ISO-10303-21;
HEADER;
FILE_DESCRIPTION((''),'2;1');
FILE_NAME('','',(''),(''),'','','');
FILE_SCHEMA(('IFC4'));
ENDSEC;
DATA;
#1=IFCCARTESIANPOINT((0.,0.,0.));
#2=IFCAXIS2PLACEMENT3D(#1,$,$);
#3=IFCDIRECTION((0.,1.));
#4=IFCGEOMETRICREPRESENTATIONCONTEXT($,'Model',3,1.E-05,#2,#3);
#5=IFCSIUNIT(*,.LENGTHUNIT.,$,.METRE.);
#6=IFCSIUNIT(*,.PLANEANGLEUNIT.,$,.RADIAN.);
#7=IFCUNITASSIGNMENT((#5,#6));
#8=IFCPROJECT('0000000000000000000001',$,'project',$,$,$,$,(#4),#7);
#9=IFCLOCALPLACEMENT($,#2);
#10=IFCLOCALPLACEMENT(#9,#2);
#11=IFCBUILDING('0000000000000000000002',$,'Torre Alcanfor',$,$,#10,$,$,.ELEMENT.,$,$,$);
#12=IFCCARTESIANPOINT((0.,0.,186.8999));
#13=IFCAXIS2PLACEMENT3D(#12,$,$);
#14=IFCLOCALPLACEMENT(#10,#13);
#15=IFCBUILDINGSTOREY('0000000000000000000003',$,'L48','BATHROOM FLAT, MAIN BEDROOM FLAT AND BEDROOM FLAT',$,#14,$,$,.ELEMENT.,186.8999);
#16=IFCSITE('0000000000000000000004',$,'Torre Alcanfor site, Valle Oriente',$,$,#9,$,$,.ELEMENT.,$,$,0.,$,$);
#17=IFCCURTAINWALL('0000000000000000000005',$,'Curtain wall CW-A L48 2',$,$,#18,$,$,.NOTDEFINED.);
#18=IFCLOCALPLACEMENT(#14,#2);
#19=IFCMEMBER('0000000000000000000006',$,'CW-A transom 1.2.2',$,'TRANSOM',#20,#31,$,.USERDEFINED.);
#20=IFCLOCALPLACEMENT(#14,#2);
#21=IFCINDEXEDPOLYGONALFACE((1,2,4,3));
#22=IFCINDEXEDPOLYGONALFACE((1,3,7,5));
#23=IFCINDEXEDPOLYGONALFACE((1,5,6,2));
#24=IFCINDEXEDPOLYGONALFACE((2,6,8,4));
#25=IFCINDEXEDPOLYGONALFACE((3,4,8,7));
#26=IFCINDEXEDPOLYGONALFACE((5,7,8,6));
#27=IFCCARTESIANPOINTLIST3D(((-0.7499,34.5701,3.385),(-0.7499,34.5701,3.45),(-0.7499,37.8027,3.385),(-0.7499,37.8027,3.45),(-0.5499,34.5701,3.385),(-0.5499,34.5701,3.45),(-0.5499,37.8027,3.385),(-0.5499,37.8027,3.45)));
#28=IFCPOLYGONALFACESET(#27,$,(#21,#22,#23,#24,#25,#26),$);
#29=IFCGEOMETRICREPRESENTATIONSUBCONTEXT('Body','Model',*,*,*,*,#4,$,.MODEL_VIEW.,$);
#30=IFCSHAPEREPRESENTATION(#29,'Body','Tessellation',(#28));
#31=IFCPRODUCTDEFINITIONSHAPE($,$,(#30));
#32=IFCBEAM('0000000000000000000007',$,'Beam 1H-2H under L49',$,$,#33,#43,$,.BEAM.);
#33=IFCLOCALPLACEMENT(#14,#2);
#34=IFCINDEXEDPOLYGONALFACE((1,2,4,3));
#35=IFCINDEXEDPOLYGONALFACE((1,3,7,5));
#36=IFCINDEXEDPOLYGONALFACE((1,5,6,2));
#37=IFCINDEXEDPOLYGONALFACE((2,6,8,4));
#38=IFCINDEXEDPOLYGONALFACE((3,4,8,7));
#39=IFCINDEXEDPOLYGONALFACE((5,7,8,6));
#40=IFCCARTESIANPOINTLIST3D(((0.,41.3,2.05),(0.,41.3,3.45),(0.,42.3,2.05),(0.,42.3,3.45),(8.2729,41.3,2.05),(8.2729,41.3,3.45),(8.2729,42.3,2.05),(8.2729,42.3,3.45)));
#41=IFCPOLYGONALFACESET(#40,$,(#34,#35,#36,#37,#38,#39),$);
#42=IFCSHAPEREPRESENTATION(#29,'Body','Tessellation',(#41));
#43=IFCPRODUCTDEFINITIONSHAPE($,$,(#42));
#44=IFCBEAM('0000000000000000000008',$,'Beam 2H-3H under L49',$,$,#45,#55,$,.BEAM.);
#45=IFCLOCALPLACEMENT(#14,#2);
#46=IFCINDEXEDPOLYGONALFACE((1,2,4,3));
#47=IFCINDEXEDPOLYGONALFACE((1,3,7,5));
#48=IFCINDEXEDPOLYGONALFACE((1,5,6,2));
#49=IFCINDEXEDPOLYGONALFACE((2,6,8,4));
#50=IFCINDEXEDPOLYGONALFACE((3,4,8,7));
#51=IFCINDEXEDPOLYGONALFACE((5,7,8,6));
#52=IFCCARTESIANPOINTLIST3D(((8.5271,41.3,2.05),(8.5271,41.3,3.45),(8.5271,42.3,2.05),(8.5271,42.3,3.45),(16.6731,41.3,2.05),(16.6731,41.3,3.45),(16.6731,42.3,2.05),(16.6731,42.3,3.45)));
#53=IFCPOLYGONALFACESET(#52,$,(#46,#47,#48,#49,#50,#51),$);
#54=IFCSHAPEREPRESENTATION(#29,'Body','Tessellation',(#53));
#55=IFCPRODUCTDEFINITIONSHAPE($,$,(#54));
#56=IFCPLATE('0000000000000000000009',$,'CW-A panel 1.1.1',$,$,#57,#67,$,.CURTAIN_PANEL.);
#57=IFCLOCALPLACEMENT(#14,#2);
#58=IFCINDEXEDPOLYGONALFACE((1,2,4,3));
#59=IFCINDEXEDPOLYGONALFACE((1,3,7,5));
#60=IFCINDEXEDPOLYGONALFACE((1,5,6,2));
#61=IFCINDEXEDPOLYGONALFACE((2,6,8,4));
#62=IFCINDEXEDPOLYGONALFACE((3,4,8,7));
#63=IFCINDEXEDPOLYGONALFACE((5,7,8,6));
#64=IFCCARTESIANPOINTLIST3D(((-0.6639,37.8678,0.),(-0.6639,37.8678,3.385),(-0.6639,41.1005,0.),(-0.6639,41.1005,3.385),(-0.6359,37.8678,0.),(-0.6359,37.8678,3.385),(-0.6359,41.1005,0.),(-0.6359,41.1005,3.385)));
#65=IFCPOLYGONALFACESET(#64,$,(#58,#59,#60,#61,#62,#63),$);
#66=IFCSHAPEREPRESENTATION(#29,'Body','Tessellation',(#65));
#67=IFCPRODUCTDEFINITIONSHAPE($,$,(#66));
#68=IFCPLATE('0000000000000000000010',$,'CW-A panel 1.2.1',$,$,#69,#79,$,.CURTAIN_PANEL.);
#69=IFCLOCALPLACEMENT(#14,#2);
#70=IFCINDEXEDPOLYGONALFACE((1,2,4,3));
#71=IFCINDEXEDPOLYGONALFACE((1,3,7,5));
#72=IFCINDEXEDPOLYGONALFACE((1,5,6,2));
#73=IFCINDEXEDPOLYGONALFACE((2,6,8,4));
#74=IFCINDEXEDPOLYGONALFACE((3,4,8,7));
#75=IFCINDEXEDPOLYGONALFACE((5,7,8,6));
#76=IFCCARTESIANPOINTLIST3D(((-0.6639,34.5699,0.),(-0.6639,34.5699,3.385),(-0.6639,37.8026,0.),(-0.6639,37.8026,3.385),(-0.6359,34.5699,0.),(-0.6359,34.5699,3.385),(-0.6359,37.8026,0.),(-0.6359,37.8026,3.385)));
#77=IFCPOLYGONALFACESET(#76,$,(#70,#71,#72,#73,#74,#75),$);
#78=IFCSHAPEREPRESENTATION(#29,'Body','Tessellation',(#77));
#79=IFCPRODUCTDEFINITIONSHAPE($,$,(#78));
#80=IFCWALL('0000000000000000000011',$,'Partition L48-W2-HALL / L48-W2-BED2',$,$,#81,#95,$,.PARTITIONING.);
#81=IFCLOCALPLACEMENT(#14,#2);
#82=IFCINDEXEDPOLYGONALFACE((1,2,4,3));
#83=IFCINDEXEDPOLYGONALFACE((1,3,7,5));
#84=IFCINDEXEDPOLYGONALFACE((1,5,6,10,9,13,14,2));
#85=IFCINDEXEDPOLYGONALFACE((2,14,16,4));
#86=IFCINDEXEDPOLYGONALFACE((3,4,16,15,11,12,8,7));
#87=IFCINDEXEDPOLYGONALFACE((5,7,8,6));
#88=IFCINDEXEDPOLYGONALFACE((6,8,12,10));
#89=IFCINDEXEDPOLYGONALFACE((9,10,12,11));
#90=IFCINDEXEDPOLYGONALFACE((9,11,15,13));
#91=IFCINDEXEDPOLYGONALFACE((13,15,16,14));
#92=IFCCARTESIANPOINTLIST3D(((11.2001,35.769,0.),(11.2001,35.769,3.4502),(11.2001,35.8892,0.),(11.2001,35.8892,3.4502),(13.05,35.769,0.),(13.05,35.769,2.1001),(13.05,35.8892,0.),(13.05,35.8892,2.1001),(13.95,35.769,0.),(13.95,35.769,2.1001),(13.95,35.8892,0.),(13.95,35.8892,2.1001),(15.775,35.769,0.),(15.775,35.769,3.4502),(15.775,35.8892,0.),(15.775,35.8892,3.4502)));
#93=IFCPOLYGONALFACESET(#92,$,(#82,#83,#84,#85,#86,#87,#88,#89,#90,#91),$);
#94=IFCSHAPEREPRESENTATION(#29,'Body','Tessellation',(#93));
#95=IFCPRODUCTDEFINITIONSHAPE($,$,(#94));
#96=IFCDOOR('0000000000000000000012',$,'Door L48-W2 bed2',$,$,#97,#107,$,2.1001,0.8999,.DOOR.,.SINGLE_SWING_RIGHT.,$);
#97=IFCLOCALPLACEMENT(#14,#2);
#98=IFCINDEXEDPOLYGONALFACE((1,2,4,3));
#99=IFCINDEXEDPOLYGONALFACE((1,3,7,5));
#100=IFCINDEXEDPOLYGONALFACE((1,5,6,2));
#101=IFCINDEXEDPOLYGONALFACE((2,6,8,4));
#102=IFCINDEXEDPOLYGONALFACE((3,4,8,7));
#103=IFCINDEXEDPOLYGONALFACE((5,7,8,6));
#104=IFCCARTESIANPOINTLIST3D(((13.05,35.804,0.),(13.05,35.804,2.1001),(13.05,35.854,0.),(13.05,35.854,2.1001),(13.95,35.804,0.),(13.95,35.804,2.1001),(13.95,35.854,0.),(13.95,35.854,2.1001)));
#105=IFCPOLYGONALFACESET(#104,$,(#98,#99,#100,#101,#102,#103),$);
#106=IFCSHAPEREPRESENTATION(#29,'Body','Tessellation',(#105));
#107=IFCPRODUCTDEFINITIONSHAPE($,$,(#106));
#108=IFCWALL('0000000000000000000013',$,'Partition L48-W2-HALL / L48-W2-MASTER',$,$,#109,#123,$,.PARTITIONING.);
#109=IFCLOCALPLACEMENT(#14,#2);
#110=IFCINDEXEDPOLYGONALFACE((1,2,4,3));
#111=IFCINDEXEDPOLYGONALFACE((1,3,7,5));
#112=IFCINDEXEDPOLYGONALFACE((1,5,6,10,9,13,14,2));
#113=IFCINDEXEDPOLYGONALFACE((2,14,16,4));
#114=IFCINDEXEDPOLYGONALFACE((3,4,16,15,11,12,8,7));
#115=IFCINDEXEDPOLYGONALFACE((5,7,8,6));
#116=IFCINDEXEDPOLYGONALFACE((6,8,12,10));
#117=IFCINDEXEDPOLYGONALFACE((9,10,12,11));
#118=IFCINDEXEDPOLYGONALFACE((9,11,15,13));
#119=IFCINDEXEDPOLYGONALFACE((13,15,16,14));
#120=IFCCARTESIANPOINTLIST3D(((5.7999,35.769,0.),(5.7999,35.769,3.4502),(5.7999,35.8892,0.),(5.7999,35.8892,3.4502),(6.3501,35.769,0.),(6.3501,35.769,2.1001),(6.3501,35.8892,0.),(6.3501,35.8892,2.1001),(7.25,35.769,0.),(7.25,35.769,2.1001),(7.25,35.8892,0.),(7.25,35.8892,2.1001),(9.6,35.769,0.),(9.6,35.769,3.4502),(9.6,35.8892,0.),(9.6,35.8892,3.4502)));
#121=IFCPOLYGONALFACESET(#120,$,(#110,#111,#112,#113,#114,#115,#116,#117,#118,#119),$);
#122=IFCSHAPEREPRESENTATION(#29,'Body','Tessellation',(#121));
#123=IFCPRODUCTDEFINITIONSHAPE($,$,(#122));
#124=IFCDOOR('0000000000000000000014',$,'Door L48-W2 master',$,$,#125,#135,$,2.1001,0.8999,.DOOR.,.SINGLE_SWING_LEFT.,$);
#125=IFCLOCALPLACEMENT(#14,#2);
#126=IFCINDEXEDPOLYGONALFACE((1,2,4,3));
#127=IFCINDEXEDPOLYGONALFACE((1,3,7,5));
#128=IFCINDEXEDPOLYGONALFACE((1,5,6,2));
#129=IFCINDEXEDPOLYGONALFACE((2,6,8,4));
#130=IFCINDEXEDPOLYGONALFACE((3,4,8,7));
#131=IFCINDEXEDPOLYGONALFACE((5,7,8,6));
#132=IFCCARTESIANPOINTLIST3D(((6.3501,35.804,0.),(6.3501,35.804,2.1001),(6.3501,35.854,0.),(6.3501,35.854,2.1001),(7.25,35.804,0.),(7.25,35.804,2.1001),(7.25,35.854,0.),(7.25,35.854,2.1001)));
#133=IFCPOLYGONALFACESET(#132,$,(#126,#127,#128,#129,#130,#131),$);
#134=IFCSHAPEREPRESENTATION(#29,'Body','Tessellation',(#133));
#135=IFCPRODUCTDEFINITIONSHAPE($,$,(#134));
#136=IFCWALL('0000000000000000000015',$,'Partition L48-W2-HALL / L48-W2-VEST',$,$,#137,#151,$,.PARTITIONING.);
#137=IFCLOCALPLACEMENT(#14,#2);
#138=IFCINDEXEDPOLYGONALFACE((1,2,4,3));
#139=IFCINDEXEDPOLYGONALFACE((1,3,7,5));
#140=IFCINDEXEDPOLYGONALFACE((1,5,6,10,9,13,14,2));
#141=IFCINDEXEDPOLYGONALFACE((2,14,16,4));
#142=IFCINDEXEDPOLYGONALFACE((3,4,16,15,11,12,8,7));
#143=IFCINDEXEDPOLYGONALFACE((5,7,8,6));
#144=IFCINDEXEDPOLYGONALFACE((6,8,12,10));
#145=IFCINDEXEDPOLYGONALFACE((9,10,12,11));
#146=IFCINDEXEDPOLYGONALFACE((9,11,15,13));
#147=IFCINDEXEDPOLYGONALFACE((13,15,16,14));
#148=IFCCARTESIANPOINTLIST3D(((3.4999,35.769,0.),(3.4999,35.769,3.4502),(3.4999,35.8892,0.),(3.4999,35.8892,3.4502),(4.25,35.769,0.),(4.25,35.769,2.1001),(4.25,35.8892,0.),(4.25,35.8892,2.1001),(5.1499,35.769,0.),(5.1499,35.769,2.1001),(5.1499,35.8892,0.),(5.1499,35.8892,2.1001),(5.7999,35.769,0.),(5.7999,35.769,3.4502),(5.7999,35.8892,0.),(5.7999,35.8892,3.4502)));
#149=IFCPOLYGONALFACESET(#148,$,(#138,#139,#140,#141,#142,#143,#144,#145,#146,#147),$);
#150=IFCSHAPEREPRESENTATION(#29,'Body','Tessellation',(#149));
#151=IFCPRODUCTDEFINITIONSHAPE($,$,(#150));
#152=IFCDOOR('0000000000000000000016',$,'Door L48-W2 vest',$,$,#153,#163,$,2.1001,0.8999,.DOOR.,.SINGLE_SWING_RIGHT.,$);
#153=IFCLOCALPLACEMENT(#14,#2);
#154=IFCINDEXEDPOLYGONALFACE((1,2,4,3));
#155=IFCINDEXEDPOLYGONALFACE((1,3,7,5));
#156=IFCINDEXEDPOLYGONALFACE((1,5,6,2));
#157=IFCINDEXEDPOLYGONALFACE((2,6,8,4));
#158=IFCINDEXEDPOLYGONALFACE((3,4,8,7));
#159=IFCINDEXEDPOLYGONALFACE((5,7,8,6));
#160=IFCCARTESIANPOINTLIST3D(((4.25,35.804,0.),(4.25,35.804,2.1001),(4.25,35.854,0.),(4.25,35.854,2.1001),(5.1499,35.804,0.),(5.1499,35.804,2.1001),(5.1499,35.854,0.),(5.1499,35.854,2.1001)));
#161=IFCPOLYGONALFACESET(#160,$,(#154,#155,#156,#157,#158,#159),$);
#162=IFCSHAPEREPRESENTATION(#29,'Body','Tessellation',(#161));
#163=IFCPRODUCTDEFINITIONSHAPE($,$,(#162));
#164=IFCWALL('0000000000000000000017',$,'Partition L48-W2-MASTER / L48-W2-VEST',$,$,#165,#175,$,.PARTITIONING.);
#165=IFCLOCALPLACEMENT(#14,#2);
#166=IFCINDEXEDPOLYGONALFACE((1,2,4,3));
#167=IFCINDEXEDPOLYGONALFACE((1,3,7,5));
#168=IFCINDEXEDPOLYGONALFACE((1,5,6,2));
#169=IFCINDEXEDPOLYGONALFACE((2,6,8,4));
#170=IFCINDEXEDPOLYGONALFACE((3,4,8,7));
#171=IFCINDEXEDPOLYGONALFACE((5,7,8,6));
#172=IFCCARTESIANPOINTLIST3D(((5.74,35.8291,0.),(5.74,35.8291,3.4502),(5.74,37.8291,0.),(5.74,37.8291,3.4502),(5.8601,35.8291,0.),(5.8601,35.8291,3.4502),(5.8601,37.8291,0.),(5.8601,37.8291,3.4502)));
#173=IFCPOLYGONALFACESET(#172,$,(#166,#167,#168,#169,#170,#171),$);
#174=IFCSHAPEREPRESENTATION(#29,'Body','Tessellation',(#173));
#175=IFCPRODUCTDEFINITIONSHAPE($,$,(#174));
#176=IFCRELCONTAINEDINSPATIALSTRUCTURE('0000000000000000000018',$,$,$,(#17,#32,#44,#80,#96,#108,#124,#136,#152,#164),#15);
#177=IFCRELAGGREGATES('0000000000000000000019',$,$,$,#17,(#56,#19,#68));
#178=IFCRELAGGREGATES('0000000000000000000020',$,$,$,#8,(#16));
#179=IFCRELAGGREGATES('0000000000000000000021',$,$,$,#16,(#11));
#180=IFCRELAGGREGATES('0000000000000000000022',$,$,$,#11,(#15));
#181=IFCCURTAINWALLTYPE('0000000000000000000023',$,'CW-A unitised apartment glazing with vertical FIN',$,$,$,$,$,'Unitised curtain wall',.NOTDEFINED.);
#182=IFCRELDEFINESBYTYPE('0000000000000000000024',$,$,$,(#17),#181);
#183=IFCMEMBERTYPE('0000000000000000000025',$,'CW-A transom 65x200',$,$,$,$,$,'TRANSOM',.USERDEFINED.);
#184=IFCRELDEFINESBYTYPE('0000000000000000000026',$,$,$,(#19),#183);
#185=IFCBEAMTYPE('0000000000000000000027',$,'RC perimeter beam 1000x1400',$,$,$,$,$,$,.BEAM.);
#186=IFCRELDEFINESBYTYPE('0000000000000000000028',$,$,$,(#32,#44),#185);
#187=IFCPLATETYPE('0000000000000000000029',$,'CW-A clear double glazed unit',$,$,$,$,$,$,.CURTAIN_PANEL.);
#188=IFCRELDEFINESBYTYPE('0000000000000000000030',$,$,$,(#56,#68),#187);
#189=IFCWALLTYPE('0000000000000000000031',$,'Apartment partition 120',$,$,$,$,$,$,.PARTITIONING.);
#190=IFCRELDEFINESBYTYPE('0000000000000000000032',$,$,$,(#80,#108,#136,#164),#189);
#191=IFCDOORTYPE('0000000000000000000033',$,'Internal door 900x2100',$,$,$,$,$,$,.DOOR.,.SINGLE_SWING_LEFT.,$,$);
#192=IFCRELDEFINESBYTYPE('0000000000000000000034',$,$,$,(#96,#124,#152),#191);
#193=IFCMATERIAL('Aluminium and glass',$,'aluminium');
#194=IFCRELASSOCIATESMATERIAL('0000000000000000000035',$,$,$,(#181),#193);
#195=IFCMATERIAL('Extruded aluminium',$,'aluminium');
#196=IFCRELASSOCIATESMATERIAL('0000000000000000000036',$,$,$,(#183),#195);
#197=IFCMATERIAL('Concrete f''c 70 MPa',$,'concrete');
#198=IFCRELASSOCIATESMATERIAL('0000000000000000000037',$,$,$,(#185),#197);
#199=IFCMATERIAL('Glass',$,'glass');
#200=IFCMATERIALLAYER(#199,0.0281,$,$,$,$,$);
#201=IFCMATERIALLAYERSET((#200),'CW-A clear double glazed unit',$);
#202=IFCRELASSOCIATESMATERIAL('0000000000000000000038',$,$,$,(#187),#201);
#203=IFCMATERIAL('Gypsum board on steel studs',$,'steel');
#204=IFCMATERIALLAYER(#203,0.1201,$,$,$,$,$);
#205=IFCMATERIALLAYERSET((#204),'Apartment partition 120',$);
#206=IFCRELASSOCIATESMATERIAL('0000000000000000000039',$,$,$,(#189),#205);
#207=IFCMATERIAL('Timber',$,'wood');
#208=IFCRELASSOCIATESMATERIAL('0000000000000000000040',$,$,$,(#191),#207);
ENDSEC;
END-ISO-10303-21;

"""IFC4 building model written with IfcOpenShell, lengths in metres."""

from ifc_helpers import new_model, si_unit, direction, frame, frame_2d, origin, origin_2d, place, context, subcontext, project, spatial, rectangle, extrude, material, layer, layer_set, material_profile, profile_set, type_object, element, fill, aggregate, save


model = new_model("IFC4")

# Units and contexts
model_context = context("Model", 3, precision=1e-05, world=origin(), true_north=direction((0.0, 1.0)))
body_context = subcontext(model_context, "Body", "Model", "MODEL_VIEW")
ifc_project = project(units=[si_unit("LENGTHUNIT", "METRE"), si_unit("PLANEANGLEUNIT", "RADIAN")], contexts=[model_context])

# Site, building, storey
site_placement = place(None, origin())
site = spatial("IfcSite", under=ifc_project, at=site_placement, Name="Torre Alcanfor site, Valle Oriente", CompositionType="ELEMENT", RefElevation=0.0)
building_placement = place(site_placement, origin())
building = spatial("IfcBuilding", under=site, at=building_placement, Name="Torre Alcanfor", CompositionType="ELEMENT")
storey_placement = place(building_placement, frame((0.0, 0.0, 186.8999)))
storey = spatial("IfcBuildingStorey", under=building, at=storey_placement, Name="L48", Description="BATHROOM FLAT, MAIN BEDROOM FLAT AND BEDROOM FLAT", CompositionType="ELEMENT", Elevation=186.8999)

# Curtain wall, member
ifc_material_1 = material(Name="Aluminium and glass", Category="aluminium")
curtain_wall_type = type_object("IfcCurtainWallType", Name="CW-A unitised apartment glazing with vertical FIN", ElementType="Unitised curtain wall", PredefinedType="NOTDEFINED", material=ifc_material_1)
curtain_wall_placement = place(storey_placement, origin())
curtain_wall = element("IfcCurtainWall", 1, at=curtain_wall_placement, inside=storey, type_object=curtain_wall_type, Name="Curtain wall CW-A L48 2", PredefinedType="NOTDEFINED")
ifc_material_2 = material(Name="Extruded aluminium", Category="aluminium")
ifc_material_profile_1 = material_profile(ifc_material_2, rectangle(XDim=0.2, YDim=0.0649, at=origin_2d()), Name="CW-A transom 200x65")
ifc_profile_set_1 = profile_set([ifc_material_profile_1], Name="Extruded aluminium")
member_type_1 = type_object("IfcMemberType", Name="CW-A transom 65x200", ElementType="TRANSOM", PredefinedType="USERDEFINED", material=ifc_profile_set_1)
member_1_placement = place(storey_placement, frame((-0.6499, 37.8027, 3.4175), z_axis=(0.0, -1.0, 0.0), x_axis=(1.0, 0.0, 0.0)))
member_1 = element("IfcMember", 2, at=member_1_placement, type_object=member_type_1, Name="CW-A transom 1.2.2", ObjectType="TRANSOM", PredefinedType="USERDEFINED", context=body_context, shape_type="SweptSolid", body=[
    extrude(rectangle(XDim=0.2, YDim=0.0649, at=origin_2d()), origin(), (0.0, 0.0, 1.0), 3.2327),
])

# Beams
ifc_material_3 = material(Name="Concrete f'c 70 MPa", Category="concrete")
ifc_material_profile_2 = material_profile(ifc_material_3, rectangle(XDim=1.0, YDim=1.3999, at=origin_2d()), Name="1000x1400")
ifc_profile_set_2 = profile_set([ifc_material_profile_2], Name="Concrete f'c 70 MPa")
beam_type_1 = type_object("IfcBeamType", Name="RC perimeter beam 1000x1400", PredefinedType="BEAM", material=ifc_profile_set_2)
beam_1_placement = place(storey_placement, frame((0.0, 41.8, 2.75), z_axis=(1.0, 0.0, 0.0), x_axis=(0.0, 1.0, 0.0)))
element("IfcBeam", 3, at=beam_1_placement, inside=storey, type_object=beam_type_1, Name="Beam 1H-2H under L49", PredefinedType="BEAM", context=body_context, shape_type="SweptSolid", body=[
    extrude(rectangle(XDim=1.0, YDim=1.3999, at=origin_2d()), origin(), (0.0, 0.0, 1.0), 8.2729),
])
beam_2_placement = place(storey_placement, frame((8.5271, 41.8, 2.75), z_axis=(1.0, 0.0, 0.0), x_axis=(0.0, 1.0, 0.0)))
element("IfcBeam", 4, at=beam_2_placement, inside=storey, type_object=beam_type_1, Name="Beam 2H-3H under L49", PredefinedType="BEAM", context=body_context, shape_type="SweptSolid", body=[
    extrude(rectangle(XDim=1.0, YDim=1.3999, at=origin_2d()), origin(), (0.0, 0.0, 1.0), 8.146),
])

# Plates
ifc_material_4 = material(Name="Glass", Category="glass")
ifc_layer_1 = layer(ifc_material_4, 0.0281)
ifc_layer_set_1 = layer_set([ifc_layer_1], Name="CW-A clear double glazed unit")
plate_type = type_object("IfcPlateType", Name="CW-A clear double glazed unit", PredefinedType="CURTAIN_PANEL", material=ifc_layer_set_1)
plate_1_placement = place(storey_placement, frame((-0.6499, 39.4841, 0.0), z_axis=(0.0, 0.0, 1.0), x_axis=(0.0, -1.0, 0.0)))
plate_1 = element("IfcPlate", 5, at=plate_1_placement, type_object=plate_type, Name="CW-A panel 1.1.1", PredefinedType="CURTAIN_PANEL", context=body_context, shape_type="SweptSolid", body=[
    extrude(rectangle(XDim=3.2327, YDim=0.0281, at=origin_2d()), origin(), (0.0, 0.0, 1.0), 3.385),
])
plate_2_placement = place(storey_placement, frame((-0.6499, 36.1863, 0.0), z_axis=(0.0, 0.0, 1.0), x_axis=(0.0, -1.0, 0.0)))
plate_2 = element("IfcPlate", 6, at=plate_2_placement, type_object=plate_type, Name="CW-A panel 1.2.1", PredefinedType="CURTAIN_PANEL", context=body_context, shape_type="SweptSolid", body=[
    extrude(rectangle(XDim=3.2327, YDim=0.0281, at=origin_2d()), origin(), (0.0, 0.0, 1.0), 3.385),
])
aggregate(curtain_wall, [plate_1, member_1, plate_2])

# Walls, openings, doors
ifc_material_5 = material(Name="Gypsum board on steel studs", Category="steel")
ifc_layer_2 = layer(ifc_material_5, 0.1201)
ifc_layer_set_2 = layer_set([ifc_layer_2], Name="Apartment partition 120")
wall_type_1 = type_object("IfcWallType", Name="Apartment partition 120", PredefinedType="PARTITIONING", material=ifc_layer_set_2)
wall_1_placement = place(storey_placement, frame((11.2, 35.8291, 0.0), z_axis=(0.0, 0.0, 1.0), x_axis=(1.0, 0.0, 0.0)))
wall_1 = element("IfcWall", 7, at=wall_1_placement, inside=storey, type_object=wall_type_1, Name="Partition L48-W2-HALL / L48-W2-BED2", PredefinedType="PARTITIONING", context=body_context, shape_type="SweptSolid", body=[
    extrude(rectangle(XDim=4.575, YDim=0.1201, at=frame_2d((2.2876, 0.0))), origin(), (0.0, 0.0, 1.0), 3.4502),
])
opening_1_placement = place(wall_1_placement, frame((1.8501, 0.0, 0.0)))
opening_1 = element("IfcOpeningElement", 8, at=opening_1_placement, cuts=wall_1, PredefinedType="OPENING", context=body_context, shape_type="SweptSolid", body=[
    extrude(rectangle(XDim=0.8999, YDim=2.1001, at=frame_2d((0.45, 1.05))), frame((0.0, 0.0701, 0.0), z_axis=(0.0, -1.0, 0.0), x_axis=(1.0, 0.0, 0.0)), (0.0, 0.0, 1.0), 0.1401),
])
ifc_material_6 = material(Name="Timber", Category="wood")
door_type_1 = type_object("IfcDoorType", Name="Internal door 900x2100", OperationType="SINGLE_SWING_LEFT", PredefinedType="DOOR", material=ifc_material_6)
door_1_placement = place(opening_1_placement, origin())
door_1 = element("IfcDoor", 9, at=door_1_placement, inside=storey, type_object=door_type_1, Name="Door L48-W2 bed2", OperationType="SINGLE_SWING_RIGHT", OverallHeight=2.1001, OverallWidth=0.8999, PredefinedType="DOOR", context=body_context, shape_type="SweptSolid", body=[
    extrude(rectangle(XDim=0.8999, YDim=2.1001, at=frame_2d((0.45, 1.05))), frame((0.0, 0.0249, 0.0), z_axis=(0.0, -1.0, 0.0), x_axis=(1.0, 0.0, 0.0)), (0.0, 0.0, 1.0), 0.05),
])
fill(opening_1, door_1)
wall_2_placement = place(storey_placement, frame((5.8, 35.8291, 0.0), z_axis=(0.0, 0.0, 1.0), x_axis=(1.0, 0.0, 0.0)))
wall_2 = element("IfcWall", 10, at=wall_2_placement, inside=storey, type_object=wall_type_1, Name="Partition L48-W2-HALL / L48-W2-MASTER", PredefinedType="PARTITIONING", context=body_context, shape_type="SweptSolid", body=[
    extrude(rectangle(XDim=3.8, YDim=0.1201, at=frame_2d((1.8999, 0.0))), origin(), (0.0, 0.0, 1.0), 3.4502),
])
opening_2_placement = place(wall_2_placement, frame((0.55, 0.0, 0.0)))
opening_2 = element("IfcOpeningElement", 11, at=opening_2_placement, cuts=wall_2, PredefinedType="OPENING", context=body_context, shape_type="SweptSolid", body=[
    extrude(rectangle(XDim=0.8999, YDim=2.1001, at=frame_2d((0.45, 1.05))), frame((0.0, 0.0701, 0.0), z_axis=(0.0, -1.0, 0.0), x_axis=(1.0, 0.0, 0.0)), (0.0, 0.0, 1.0), 0.1401),
])
door_2_placement = place(opening_2_placement, origin())
door_2 = element("IfcDoor", 12, at=door_2_placement, inside=storey, type_object=door_type_1, Name="Door L48-W2 master", OperationType="SINGLE_SWING_LEFT", OverallHeight=2.1001, OverallWidth=0.8999, PredefinedType="DOOR", context=body_context, shape_type="SweptSolid", body=[
    extrude(rectangle(XDim=0.8999, YDim=2.1001, at=frame_2d((0.45, 1.05))), frame((0.0, 0.0249, 0.0), z_axis=(0.0, -1.0, 0.0), x_axis=(1.0, 0.0, 0.0)), (0.0, 0.0, 1.0), 0.05),
])
fill(opening_2, door_2)
wall_3_placement = place(storey_placement, frame((3.5, 35.8291, 0.0), z_axis=(0.0, 0.0, 1.0), x_axis=(1.0, 0.0, 0.0)))
wall_3 = element("IfcWall", 13, at=wall_3_placement, inside=storey, type_object=wall_type_1, Name="Partition L48-W2-HALL / L48-W2-VEST", PredefinedType="PARTITIONING", context=body_context, shape_type="SweptSolid", body=[
    extrude(rectangle(XDim=2.3, YDim=0.1201, at=frame_2d((1.1499, 0.0))), origin(), (0.0, 0.0, 1.0), 3.4502),
])
opening_3_placement = place(wall_3_placement, frame((0.75, 0.0, 0.0)))
opening_3 = element("IfcOpeningElement", 14, at=opening_3_placement, cuts=wall_3, PredefinedType="OPENING", context=body_context, shape_type="SweptSolid", body=[
    extrude(rectangle(XDim=0.8999, YDim=2.1001, at=frame_2d((0.45, 1.05))), frame((0.0, 0.0701, 0.0), z_axis=(0.0, -1.0, 0.0), x_axis=(1.0, 0.0, 0.0)), (0.0, 0.0, 1.0), 0.1401),
])
door_3_placement = place(opening_3_placement, origin())
door_3 = element("IfcDoor", 15, at=door_3_placement, inside=storey, type_object=door_type_1, Name="Door L48-W2 vest", OperationType="SINGLE_SWING_RIGHT", OverallHeight=2.1001, OverallWidth=0.8999, PredefinedType="DOOR", context=body_context, shape_type="SweptSolid", body=[
    extrude(rectangle(XDim=0.8999, YDim=2.1001, at=frame_2d((0.45, 1.05))), frame((0.0, 0.0249, 0.0), z_axis=(0.0, -1.0, 0.0), x_axis=(1.0, 0.0, 0.0)), (0.0, 0.0, 1.0), 0.05),
])
fill(opening_3, door_3)

# Wall
wall_4_placement = place(storey_placement, frame((5.8, 35.8291, 0.0), z_axis=(0.0, 0.0, 1.0), x_axis=(0.0, 1.0, 0.0)))
element("IfcWall", 16, at=wall_4_placement, inside=storey, type_object=wall_type_1, Name="Partition L48-W2-MASTER / L48-W2-VEST", PredefinedType="PARTITIONING", context=body_context, shape_type="SweptSolid", body=[
    extrude(rectangle(XDim=2.0, YDim=0.1201, at=frame_2d((1.0, 0.0))), origin(), (0.0, 0.0, 1.0), 3.4502),
])

save(model, "model.ifc")
